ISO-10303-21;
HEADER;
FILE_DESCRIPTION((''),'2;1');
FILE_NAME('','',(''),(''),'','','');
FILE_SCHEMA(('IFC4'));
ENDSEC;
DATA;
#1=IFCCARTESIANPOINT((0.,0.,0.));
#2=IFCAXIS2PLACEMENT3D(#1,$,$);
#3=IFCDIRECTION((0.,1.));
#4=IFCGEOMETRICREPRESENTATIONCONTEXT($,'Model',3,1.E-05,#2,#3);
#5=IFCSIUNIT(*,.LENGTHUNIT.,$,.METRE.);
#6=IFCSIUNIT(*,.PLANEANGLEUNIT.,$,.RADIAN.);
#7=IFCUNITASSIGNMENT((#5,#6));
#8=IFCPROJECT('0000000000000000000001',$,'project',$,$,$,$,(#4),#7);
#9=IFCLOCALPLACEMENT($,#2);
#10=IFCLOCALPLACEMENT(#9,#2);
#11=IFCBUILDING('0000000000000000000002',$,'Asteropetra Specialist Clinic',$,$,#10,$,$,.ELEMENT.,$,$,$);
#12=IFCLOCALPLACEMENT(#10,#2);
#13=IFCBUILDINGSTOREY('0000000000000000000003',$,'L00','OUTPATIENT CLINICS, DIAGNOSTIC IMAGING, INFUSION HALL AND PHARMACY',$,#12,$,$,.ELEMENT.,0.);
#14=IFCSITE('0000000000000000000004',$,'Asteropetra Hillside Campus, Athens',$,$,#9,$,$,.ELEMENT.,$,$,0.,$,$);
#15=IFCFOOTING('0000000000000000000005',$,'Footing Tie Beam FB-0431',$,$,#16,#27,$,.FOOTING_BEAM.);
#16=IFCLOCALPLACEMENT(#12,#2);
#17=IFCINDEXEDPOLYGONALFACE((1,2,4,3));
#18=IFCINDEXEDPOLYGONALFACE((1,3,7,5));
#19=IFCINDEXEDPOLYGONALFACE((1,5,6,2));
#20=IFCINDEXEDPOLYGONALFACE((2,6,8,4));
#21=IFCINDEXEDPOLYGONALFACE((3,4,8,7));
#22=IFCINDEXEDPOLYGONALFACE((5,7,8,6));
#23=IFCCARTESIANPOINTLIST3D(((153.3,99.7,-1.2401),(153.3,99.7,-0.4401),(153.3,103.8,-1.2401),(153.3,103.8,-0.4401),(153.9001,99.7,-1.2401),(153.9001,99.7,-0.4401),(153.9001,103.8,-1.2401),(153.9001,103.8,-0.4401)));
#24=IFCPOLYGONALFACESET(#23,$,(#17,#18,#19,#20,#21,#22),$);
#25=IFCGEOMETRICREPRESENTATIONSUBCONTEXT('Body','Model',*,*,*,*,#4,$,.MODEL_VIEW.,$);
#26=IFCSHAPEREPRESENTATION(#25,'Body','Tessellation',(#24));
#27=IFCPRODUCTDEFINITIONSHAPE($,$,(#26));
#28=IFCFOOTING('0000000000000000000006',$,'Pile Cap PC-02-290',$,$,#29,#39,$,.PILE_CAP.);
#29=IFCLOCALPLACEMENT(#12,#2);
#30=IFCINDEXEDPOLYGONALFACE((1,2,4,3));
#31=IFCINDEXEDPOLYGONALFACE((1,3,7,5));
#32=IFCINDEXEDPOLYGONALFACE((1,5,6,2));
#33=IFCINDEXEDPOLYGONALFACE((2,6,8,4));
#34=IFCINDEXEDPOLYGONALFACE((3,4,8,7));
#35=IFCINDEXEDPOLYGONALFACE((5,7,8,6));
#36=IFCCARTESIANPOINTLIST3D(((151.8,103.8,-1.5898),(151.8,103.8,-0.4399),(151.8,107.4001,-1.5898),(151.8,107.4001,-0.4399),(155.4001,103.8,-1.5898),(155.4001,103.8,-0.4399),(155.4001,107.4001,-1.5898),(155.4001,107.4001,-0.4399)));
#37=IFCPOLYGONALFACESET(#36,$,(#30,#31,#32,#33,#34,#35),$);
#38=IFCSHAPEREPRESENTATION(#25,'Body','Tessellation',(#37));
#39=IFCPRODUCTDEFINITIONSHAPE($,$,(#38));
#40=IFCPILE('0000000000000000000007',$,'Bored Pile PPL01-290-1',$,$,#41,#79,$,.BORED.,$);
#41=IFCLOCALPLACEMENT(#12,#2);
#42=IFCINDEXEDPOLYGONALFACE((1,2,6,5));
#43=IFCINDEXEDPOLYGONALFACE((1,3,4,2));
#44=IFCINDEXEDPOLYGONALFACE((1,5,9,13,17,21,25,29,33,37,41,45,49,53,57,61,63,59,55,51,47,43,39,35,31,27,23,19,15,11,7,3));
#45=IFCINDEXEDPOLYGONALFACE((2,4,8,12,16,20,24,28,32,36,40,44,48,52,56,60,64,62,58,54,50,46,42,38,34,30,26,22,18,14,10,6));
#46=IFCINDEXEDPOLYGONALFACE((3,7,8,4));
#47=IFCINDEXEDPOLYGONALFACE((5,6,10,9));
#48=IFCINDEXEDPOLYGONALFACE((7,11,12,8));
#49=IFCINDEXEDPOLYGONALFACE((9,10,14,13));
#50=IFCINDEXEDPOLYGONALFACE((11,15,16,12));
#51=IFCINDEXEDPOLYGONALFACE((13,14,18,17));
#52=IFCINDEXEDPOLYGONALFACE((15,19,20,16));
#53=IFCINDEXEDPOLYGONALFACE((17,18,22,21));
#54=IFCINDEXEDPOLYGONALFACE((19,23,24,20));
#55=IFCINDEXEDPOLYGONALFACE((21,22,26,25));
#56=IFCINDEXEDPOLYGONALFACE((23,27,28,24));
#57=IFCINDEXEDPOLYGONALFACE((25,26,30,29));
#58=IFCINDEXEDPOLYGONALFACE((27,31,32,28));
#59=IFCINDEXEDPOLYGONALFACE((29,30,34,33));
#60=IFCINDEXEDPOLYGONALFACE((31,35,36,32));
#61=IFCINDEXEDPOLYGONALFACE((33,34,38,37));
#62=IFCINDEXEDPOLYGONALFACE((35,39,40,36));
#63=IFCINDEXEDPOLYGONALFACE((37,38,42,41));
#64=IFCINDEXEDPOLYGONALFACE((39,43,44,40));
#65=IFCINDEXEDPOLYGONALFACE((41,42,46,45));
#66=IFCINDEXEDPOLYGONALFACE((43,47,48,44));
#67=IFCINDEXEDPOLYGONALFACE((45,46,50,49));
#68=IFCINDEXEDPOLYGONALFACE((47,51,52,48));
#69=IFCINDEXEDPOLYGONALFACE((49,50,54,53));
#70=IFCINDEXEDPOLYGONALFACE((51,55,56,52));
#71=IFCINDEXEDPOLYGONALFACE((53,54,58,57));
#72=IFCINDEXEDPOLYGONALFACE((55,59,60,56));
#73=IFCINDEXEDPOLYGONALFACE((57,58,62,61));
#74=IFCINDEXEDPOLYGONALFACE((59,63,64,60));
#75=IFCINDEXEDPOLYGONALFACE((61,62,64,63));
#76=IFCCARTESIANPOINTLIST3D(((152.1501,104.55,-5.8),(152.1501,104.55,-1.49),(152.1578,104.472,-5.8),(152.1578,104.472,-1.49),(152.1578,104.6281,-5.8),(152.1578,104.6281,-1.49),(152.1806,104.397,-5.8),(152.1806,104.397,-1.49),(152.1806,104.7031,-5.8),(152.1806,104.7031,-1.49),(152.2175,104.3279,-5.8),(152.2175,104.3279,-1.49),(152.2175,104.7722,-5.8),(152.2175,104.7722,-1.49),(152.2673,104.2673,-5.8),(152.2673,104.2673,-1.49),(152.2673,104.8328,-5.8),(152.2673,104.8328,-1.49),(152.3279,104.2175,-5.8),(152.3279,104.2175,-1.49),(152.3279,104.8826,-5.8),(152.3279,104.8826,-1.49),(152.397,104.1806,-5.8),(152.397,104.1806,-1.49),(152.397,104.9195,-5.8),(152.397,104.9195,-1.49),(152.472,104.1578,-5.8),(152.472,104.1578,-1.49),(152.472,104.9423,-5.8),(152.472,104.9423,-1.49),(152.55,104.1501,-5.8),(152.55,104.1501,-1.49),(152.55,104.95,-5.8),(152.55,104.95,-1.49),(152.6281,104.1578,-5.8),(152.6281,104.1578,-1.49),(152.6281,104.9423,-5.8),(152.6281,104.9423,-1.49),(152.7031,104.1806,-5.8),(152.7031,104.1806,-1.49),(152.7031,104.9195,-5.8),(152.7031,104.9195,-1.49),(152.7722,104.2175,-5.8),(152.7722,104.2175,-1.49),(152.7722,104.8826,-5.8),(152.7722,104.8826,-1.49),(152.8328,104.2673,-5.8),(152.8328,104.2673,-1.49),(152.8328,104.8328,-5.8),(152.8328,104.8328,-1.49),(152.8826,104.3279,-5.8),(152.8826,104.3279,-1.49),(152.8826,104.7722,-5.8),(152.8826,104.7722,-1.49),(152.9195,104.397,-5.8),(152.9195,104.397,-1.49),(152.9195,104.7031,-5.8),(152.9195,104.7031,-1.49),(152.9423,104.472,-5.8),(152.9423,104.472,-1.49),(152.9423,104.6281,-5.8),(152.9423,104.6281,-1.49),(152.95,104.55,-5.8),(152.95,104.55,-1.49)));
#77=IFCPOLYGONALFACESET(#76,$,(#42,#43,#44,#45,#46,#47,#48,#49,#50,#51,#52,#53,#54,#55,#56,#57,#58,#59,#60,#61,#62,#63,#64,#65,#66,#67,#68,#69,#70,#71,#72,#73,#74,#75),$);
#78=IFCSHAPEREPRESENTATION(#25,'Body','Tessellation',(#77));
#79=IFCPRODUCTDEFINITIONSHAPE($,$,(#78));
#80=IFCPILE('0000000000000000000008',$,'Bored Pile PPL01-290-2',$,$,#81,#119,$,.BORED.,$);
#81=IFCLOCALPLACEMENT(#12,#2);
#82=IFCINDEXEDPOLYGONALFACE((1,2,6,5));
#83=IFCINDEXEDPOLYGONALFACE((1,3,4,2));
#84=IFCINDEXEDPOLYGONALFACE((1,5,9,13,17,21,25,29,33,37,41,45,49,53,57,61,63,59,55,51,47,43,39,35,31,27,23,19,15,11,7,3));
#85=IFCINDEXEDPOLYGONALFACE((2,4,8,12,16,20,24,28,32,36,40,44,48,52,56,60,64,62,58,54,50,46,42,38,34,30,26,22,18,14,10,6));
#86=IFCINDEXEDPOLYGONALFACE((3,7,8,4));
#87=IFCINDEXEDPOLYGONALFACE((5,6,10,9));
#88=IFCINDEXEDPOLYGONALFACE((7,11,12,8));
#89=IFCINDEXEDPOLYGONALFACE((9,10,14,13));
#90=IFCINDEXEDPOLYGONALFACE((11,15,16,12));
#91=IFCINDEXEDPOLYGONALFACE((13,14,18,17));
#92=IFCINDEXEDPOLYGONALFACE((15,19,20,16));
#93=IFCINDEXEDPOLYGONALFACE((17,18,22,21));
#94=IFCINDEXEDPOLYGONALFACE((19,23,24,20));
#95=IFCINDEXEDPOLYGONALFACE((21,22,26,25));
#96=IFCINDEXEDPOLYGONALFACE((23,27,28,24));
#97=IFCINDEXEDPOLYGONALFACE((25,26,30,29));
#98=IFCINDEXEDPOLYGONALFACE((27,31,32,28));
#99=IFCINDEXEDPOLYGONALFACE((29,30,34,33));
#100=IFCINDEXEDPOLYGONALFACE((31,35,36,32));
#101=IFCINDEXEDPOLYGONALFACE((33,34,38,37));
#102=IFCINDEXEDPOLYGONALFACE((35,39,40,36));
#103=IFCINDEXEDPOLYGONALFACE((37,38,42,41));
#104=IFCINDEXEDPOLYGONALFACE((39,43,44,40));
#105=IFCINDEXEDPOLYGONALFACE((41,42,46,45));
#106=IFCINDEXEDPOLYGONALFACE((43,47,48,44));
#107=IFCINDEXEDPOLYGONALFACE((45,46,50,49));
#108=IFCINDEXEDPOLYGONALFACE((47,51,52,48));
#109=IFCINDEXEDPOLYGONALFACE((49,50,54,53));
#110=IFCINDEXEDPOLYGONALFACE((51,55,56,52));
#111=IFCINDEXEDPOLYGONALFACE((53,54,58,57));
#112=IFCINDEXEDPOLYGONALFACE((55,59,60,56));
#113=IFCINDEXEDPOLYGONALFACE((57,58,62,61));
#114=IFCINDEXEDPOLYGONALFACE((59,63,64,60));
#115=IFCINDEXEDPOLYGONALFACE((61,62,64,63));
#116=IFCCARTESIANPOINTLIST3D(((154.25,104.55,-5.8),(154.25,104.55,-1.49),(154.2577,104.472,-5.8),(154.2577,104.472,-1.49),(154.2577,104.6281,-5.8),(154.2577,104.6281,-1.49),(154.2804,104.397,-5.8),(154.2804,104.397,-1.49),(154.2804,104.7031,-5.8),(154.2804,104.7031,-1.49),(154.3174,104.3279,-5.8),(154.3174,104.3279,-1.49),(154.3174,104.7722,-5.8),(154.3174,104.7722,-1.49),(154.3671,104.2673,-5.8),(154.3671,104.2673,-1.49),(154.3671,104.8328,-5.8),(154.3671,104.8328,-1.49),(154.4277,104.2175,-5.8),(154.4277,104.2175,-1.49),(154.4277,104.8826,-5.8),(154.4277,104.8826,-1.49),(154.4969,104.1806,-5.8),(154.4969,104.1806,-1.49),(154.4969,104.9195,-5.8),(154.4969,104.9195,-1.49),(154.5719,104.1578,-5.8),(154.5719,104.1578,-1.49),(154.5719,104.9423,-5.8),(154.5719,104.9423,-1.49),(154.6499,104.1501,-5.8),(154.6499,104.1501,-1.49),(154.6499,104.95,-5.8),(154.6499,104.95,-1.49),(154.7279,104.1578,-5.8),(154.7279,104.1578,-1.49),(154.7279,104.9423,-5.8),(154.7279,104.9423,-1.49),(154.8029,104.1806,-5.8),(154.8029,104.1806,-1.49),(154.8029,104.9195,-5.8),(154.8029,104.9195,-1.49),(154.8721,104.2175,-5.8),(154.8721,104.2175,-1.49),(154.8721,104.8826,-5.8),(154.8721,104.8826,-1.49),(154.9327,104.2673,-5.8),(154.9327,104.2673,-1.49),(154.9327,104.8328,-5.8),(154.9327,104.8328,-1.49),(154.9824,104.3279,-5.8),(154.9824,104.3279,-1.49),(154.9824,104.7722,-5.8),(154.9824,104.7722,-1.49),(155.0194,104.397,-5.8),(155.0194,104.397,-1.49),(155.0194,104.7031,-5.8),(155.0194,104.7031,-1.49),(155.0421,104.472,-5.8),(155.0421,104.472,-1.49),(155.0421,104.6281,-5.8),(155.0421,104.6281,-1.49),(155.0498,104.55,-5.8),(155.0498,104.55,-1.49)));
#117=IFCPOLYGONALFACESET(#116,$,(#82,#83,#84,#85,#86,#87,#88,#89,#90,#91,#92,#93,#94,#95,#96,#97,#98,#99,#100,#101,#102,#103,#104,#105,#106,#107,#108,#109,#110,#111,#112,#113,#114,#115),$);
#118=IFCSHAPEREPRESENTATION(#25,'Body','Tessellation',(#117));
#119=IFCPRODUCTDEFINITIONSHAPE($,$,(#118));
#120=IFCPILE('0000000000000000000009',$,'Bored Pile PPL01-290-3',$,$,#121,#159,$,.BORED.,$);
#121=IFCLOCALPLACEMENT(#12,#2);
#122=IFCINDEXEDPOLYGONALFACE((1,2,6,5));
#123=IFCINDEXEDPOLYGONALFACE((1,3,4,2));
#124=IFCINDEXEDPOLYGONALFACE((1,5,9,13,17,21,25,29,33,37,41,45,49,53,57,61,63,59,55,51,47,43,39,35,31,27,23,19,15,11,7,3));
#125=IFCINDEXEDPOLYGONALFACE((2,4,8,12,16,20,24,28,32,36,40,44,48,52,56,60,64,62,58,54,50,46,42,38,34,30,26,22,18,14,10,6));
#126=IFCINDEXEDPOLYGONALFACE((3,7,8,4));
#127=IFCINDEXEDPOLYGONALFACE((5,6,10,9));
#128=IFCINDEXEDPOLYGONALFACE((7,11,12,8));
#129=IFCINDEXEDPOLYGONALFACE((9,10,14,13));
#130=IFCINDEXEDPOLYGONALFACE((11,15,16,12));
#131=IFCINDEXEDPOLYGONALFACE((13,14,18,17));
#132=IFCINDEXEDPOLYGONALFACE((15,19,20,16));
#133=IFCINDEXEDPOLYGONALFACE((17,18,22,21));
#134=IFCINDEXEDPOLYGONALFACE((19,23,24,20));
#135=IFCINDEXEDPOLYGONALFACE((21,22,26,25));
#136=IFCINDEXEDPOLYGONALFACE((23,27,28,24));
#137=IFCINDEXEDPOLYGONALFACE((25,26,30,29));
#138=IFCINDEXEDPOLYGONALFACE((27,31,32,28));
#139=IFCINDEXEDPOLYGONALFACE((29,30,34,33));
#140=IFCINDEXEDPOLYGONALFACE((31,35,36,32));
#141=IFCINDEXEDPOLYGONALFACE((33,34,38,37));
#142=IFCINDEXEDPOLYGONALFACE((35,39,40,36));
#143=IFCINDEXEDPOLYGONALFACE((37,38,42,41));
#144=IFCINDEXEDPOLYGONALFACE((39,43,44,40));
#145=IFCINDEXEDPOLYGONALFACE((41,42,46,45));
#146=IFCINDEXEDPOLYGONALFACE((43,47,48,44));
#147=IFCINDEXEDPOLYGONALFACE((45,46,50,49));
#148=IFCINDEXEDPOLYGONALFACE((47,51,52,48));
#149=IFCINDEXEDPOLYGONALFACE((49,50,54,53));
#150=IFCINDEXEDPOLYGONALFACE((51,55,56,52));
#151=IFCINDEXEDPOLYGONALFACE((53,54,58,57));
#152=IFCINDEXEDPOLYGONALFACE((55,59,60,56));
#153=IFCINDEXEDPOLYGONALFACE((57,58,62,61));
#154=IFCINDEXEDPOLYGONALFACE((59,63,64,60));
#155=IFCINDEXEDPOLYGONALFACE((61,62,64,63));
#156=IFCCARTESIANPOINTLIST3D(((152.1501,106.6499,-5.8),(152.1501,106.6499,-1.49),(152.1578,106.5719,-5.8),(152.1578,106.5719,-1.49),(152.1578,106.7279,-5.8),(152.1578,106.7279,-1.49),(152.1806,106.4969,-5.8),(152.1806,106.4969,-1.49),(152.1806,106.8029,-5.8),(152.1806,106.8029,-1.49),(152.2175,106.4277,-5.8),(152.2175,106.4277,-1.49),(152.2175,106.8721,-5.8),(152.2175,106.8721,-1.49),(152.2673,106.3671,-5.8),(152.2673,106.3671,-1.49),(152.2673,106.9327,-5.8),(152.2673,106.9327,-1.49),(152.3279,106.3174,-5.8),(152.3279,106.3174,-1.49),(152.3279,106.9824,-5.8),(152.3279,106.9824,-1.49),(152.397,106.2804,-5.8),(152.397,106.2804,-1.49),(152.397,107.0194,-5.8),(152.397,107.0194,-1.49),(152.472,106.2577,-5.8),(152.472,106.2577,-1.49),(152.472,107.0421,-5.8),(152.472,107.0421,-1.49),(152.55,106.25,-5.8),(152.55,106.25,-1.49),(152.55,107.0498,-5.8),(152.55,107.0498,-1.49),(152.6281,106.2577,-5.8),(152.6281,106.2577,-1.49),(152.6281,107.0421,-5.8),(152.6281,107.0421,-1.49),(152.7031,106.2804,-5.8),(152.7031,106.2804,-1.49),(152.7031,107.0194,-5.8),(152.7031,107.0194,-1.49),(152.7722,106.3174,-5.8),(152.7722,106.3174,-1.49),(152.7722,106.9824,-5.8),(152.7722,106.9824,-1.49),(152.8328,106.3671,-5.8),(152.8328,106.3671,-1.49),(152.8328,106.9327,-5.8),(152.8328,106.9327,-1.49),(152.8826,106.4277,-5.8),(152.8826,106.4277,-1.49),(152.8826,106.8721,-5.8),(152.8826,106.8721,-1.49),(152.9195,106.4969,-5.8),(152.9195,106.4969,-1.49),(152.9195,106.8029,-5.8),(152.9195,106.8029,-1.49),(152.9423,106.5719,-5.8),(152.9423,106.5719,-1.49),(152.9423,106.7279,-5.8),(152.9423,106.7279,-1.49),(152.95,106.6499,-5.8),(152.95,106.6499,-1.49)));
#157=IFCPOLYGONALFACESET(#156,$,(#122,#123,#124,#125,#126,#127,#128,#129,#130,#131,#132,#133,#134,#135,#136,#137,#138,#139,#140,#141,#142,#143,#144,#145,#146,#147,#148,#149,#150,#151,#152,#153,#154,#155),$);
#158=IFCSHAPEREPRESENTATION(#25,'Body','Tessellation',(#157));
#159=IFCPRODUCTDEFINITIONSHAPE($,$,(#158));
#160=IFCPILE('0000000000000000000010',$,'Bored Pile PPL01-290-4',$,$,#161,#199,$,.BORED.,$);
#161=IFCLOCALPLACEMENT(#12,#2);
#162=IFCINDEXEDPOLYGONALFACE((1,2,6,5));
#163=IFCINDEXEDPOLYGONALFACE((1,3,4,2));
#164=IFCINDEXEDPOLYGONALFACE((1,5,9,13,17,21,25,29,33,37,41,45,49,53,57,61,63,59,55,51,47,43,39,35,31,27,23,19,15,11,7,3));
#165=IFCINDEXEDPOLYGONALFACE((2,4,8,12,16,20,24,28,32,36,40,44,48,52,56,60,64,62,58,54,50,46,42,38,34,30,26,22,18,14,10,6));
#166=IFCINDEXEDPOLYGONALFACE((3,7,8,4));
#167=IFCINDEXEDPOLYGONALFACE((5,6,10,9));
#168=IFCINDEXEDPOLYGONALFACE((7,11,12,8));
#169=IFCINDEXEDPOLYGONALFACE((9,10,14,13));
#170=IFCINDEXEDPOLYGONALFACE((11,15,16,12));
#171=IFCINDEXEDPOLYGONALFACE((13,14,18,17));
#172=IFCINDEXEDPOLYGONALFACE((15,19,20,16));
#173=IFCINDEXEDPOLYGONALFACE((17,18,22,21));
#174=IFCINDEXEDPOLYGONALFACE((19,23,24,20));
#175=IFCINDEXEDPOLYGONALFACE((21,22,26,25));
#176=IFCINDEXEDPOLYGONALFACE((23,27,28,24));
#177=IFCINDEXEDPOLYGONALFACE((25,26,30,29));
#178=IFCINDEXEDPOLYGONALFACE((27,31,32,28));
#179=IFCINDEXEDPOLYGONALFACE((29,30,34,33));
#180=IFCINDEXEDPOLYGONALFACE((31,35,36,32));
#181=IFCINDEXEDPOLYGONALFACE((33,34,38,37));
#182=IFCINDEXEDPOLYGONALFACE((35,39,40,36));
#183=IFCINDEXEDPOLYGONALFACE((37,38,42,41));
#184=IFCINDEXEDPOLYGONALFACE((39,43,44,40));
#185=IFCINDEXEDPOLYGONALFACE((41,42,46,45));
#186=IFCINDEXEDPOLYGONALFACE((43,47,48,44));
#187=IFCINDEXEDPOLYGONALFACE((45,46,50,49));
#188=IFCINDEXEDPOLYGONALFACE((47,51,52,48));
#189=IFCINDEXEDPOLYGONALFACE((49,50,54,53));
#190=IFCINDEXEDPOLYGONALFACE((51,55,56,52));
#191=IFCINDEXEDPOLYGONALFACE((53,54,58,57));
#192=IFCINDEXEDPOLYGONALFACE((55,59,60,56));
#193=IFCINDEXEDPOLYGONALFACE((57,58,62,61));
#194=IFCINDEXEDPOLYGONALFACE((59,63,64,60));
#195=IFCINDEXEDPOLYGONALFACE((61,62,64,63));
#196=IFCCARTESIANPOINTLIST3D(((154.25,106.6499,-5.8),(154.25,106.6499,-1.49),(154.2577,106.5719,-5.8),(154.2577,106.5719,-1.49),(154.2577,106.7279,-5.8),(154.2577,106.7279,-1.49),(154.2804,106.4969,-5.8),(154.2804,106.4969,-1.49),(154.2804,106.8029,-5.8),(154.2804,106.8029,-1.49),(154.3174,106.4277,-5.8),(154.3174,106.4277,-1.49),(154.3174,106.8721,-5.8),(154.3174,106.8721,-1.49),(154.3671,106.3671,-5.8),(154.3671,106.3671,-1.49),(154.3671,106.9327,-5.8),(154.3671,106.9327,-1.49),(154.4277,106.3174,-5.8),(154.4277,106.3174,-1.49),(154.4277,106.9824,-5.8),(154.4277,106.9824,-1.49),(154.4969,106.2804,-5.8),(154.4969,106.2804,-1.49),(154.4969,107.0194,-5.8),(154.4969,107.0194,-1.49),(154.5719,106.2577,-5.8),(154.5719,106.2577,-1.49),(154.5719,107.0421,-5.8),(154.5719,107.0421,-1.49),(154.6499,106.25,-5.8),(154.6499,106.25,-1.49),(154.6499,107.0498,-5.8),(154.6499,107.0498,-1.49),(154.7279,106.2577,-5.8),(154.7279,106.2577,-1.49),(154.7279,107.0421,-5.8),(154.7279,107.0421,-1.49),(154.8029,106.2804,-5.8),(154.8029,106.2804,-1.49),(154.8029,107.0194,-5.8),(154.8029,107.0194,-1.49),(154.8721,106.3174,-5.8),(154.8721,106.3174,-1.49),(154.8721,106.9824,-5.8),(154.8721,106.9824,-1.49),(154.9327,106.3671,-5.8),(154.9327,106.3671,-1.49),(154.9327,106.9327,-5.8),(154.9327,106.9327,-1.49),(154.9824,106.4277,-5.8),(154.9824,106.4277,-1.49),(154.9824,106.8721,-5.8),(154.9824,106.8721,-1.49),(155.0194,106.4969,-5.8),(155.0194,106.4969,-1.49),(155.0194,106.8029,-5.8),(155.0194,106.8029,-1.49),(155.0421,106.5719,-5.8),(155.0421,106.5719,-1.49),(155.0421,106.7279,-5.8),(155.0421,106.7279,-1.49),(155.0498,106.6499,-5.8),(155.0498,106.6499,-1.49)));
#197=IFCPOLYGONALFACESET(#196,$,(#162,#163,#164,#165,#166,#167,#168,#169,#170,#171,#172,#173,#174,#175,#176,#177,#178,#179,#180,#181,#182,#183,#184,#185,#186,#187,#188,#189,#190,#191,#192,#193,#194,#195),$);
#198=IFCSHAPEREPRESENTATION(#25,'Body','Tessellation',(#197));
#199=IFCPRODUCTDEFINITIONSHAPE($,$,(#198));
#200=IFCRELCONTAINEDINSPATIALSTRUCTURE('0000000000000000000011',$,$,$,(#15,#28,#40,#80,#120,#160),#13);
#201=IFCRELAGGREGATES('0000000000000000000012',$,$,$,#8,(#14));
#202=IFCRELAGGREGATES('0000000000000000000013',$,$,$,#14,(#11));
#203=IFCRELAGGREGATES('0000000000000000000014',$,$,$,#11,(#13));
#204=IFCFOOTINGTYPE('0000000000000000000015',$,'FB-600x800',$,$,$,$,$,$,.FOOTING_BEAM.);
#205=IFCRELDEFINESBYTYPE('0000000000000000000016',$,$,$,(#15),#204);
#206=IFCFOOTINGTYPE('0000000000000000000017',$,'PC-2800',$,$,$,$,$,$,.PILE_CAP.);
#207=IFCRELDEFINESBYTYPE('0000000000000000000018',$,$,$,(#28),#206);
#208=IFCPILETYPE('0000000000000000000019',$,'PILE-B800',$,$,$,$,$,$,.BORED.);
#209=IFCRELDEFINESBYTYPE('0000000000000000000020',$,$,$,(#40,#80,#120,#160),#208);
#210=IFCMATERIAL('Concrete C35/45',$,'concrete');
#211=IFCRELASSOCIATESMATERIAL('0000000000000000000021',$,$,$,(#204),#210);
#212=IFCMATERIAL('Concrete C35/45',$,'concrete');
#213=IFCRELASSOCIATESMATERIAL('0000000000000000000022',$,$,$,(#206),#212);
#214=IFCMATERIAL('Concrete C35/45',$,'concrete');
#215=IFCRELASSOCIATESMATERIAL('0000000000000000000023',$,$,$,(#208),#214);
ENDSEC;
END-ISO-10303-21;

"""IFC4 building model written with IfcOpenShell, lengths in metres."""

from ifc_helpers import new_model, si_unit, direction, frame, origin, origin_2d, place, context, subcontext, project, spatial, rectangle, circle, extrude, material, material_profile, profile_set, type_object, element, save


model = new_model("IFC4")

# Units and contexts
model_context = context("Model", 3, precision=1e-05, world=origin(), true_north=direction((0.0, 1.0)))
body_context = subcontext(model_context, "Body", "Model", "MODEL_VIEW")
ifc_project = project(units=[si_unit("LENGTHUNIT", "METRE"), si_unit("PLANEANGLEUNIT", "RADIAN")], contexts=[model_context])

# Site, building, storey
site_placement = place(None, origin())
site = spatial("IfcSite", under=ifc_project, at=site_placement, Name="Asteropetra Hillside Campus, Athens", CompositionType="ELEMENT", RefElevation=0.0)
building_placement = place(site_placement, origin())
building = spatial("IfcBuilding", under=site, at=building_placement, Name="Asteropetra Specialist Clinic", CompositionType="ELEMENT")
storey_placement = place(building_placement, origin())
storey = spatial("IfcBuildingStorey", under=building, at=storey_placement, Name="L00", Description="OUTPATIENT CLINICS, DIAGNOSTIC IMAGING, INFUSION HALL AND PHARMACY", CompositionType="ELEMENT", Elevation=0.0)

# Footings
ifc_material_1 = material(Name="Concrete C35/45", Category="concrete")
ifc_material_profile_1 = material_profile(ifc_material_1, rectangle(XDim=0.6001, YDim=0.8, at=origin_2d()), Name="FB 600x800")
ifc_profile_set_1 = profile_set([ifc_material_profile_1], Name="Concrete C35/45")
footing_type_1 = type_object("IfcFootingType", Name="FB-600x800", PredefinedType="FOOTING_BEAM", material=ifc_profile_set_1)
footing_1_placement = place(storey_placement, frame((153.6001, 99.7, -0.8401), z_axis=(0.0, 1.0, 0.0), x_axis=(-1.0, 0.0, 0.0)))
element("IfcFooting", 1, at=footing_1_placement, inside=storey, type_object=footing_type_1, Name="Footing Tie Beam FB-0431", PredefinedType="FOOTING_BEAM", context=body_context, shape_type="SweptSolid", body=[
    extrude(rectangle(XDim=0.6001, YDim=0.8, at=origin_2d()), origin(), (0.0, 0.0, 1.0), 4.1001),
])
ifc_material_2 = material(Name="Concrete C35/45", Category="concrete")
footing_type_2 = type_object("IfcFootingType", Name="PC-2800", PredefinedType="PILE_CAP", material=ifc_material_2)
footing_2_placement = place(storey_placement, frame((153.6001, 105.6001, -1.5898), z_axis=(0.0, 0.0, 1.0), x_axis=(1.0, 0.0, 0.0)))
element("IfcFooting", 2, at=footing_2_placement, inside=storey, type_object=footing_type_2, Name="Pile Cap PC-02-290", PredefinedType="PILE_CAP", context=body_context, shape_type="SweptSolid", body=[
    extrude(rectangle(XDim=3.6001, YDim=3.6001, at=origin_2d()), origin(), (0.0, 0.0, 1.0), 1.1499),
])

# Piles
ifc_material_3 = material(Name="Concrete C35/45", Category="concrete")
ifc_material_profile_2 = material_profile(ifc_material_3, circle(Radius=0.3999, at=origin_2d()), Name="PILE D800")
ifc_profile_set_2 = profile_set([ifc_material_profile_2], Name="Concrete C35/45")
pile_type = type_object("IfcPileType", Name="PILE-B800", PredefinedType="BORED", material=ifc_profile_set_2)
for number, where, z_axis, x_axis, name in (
    (3, (152.55, 104.55, -1.49), (0.0, 0.0, -1.0), (1.0, 0.0, 0.0), "Bored Pile PPL01-290-1"),
    (4, (154.6499, 104.55, -1.49), (0.0, 0.0, -1.0), (1.0, 0.0, 0.0), "Bored Pile PPL01-290-2"),
    (5, (152.55, 106.6499, -1.49), (0.0, 0.0, -1.0), (1.0, 0.0, 0.0), "Bored Pile PPL01-290-3"),
    (6, (154.6499, 106.6499, -1.49), (0.0, 0.0, -1.0), (1.0, 0.0, 0.0), "Bored Pile PPL01-290-4"),
):
    element("IfcPile", number, at=place(storey_placement, frame(where, z_axis=z_axis, x_axis=x_axis)), inside=storey, type_object=pile_type, Name=name, PredefinedType="BORED", context=body_context, shape_type="SweptSolid", body=[
        extrude(circle(Radius=0.3999, at=origin_2d()), origin(), (0.0, 0.0, 1.0), 4.3101),
    ])

save(model, "model.ifc")
